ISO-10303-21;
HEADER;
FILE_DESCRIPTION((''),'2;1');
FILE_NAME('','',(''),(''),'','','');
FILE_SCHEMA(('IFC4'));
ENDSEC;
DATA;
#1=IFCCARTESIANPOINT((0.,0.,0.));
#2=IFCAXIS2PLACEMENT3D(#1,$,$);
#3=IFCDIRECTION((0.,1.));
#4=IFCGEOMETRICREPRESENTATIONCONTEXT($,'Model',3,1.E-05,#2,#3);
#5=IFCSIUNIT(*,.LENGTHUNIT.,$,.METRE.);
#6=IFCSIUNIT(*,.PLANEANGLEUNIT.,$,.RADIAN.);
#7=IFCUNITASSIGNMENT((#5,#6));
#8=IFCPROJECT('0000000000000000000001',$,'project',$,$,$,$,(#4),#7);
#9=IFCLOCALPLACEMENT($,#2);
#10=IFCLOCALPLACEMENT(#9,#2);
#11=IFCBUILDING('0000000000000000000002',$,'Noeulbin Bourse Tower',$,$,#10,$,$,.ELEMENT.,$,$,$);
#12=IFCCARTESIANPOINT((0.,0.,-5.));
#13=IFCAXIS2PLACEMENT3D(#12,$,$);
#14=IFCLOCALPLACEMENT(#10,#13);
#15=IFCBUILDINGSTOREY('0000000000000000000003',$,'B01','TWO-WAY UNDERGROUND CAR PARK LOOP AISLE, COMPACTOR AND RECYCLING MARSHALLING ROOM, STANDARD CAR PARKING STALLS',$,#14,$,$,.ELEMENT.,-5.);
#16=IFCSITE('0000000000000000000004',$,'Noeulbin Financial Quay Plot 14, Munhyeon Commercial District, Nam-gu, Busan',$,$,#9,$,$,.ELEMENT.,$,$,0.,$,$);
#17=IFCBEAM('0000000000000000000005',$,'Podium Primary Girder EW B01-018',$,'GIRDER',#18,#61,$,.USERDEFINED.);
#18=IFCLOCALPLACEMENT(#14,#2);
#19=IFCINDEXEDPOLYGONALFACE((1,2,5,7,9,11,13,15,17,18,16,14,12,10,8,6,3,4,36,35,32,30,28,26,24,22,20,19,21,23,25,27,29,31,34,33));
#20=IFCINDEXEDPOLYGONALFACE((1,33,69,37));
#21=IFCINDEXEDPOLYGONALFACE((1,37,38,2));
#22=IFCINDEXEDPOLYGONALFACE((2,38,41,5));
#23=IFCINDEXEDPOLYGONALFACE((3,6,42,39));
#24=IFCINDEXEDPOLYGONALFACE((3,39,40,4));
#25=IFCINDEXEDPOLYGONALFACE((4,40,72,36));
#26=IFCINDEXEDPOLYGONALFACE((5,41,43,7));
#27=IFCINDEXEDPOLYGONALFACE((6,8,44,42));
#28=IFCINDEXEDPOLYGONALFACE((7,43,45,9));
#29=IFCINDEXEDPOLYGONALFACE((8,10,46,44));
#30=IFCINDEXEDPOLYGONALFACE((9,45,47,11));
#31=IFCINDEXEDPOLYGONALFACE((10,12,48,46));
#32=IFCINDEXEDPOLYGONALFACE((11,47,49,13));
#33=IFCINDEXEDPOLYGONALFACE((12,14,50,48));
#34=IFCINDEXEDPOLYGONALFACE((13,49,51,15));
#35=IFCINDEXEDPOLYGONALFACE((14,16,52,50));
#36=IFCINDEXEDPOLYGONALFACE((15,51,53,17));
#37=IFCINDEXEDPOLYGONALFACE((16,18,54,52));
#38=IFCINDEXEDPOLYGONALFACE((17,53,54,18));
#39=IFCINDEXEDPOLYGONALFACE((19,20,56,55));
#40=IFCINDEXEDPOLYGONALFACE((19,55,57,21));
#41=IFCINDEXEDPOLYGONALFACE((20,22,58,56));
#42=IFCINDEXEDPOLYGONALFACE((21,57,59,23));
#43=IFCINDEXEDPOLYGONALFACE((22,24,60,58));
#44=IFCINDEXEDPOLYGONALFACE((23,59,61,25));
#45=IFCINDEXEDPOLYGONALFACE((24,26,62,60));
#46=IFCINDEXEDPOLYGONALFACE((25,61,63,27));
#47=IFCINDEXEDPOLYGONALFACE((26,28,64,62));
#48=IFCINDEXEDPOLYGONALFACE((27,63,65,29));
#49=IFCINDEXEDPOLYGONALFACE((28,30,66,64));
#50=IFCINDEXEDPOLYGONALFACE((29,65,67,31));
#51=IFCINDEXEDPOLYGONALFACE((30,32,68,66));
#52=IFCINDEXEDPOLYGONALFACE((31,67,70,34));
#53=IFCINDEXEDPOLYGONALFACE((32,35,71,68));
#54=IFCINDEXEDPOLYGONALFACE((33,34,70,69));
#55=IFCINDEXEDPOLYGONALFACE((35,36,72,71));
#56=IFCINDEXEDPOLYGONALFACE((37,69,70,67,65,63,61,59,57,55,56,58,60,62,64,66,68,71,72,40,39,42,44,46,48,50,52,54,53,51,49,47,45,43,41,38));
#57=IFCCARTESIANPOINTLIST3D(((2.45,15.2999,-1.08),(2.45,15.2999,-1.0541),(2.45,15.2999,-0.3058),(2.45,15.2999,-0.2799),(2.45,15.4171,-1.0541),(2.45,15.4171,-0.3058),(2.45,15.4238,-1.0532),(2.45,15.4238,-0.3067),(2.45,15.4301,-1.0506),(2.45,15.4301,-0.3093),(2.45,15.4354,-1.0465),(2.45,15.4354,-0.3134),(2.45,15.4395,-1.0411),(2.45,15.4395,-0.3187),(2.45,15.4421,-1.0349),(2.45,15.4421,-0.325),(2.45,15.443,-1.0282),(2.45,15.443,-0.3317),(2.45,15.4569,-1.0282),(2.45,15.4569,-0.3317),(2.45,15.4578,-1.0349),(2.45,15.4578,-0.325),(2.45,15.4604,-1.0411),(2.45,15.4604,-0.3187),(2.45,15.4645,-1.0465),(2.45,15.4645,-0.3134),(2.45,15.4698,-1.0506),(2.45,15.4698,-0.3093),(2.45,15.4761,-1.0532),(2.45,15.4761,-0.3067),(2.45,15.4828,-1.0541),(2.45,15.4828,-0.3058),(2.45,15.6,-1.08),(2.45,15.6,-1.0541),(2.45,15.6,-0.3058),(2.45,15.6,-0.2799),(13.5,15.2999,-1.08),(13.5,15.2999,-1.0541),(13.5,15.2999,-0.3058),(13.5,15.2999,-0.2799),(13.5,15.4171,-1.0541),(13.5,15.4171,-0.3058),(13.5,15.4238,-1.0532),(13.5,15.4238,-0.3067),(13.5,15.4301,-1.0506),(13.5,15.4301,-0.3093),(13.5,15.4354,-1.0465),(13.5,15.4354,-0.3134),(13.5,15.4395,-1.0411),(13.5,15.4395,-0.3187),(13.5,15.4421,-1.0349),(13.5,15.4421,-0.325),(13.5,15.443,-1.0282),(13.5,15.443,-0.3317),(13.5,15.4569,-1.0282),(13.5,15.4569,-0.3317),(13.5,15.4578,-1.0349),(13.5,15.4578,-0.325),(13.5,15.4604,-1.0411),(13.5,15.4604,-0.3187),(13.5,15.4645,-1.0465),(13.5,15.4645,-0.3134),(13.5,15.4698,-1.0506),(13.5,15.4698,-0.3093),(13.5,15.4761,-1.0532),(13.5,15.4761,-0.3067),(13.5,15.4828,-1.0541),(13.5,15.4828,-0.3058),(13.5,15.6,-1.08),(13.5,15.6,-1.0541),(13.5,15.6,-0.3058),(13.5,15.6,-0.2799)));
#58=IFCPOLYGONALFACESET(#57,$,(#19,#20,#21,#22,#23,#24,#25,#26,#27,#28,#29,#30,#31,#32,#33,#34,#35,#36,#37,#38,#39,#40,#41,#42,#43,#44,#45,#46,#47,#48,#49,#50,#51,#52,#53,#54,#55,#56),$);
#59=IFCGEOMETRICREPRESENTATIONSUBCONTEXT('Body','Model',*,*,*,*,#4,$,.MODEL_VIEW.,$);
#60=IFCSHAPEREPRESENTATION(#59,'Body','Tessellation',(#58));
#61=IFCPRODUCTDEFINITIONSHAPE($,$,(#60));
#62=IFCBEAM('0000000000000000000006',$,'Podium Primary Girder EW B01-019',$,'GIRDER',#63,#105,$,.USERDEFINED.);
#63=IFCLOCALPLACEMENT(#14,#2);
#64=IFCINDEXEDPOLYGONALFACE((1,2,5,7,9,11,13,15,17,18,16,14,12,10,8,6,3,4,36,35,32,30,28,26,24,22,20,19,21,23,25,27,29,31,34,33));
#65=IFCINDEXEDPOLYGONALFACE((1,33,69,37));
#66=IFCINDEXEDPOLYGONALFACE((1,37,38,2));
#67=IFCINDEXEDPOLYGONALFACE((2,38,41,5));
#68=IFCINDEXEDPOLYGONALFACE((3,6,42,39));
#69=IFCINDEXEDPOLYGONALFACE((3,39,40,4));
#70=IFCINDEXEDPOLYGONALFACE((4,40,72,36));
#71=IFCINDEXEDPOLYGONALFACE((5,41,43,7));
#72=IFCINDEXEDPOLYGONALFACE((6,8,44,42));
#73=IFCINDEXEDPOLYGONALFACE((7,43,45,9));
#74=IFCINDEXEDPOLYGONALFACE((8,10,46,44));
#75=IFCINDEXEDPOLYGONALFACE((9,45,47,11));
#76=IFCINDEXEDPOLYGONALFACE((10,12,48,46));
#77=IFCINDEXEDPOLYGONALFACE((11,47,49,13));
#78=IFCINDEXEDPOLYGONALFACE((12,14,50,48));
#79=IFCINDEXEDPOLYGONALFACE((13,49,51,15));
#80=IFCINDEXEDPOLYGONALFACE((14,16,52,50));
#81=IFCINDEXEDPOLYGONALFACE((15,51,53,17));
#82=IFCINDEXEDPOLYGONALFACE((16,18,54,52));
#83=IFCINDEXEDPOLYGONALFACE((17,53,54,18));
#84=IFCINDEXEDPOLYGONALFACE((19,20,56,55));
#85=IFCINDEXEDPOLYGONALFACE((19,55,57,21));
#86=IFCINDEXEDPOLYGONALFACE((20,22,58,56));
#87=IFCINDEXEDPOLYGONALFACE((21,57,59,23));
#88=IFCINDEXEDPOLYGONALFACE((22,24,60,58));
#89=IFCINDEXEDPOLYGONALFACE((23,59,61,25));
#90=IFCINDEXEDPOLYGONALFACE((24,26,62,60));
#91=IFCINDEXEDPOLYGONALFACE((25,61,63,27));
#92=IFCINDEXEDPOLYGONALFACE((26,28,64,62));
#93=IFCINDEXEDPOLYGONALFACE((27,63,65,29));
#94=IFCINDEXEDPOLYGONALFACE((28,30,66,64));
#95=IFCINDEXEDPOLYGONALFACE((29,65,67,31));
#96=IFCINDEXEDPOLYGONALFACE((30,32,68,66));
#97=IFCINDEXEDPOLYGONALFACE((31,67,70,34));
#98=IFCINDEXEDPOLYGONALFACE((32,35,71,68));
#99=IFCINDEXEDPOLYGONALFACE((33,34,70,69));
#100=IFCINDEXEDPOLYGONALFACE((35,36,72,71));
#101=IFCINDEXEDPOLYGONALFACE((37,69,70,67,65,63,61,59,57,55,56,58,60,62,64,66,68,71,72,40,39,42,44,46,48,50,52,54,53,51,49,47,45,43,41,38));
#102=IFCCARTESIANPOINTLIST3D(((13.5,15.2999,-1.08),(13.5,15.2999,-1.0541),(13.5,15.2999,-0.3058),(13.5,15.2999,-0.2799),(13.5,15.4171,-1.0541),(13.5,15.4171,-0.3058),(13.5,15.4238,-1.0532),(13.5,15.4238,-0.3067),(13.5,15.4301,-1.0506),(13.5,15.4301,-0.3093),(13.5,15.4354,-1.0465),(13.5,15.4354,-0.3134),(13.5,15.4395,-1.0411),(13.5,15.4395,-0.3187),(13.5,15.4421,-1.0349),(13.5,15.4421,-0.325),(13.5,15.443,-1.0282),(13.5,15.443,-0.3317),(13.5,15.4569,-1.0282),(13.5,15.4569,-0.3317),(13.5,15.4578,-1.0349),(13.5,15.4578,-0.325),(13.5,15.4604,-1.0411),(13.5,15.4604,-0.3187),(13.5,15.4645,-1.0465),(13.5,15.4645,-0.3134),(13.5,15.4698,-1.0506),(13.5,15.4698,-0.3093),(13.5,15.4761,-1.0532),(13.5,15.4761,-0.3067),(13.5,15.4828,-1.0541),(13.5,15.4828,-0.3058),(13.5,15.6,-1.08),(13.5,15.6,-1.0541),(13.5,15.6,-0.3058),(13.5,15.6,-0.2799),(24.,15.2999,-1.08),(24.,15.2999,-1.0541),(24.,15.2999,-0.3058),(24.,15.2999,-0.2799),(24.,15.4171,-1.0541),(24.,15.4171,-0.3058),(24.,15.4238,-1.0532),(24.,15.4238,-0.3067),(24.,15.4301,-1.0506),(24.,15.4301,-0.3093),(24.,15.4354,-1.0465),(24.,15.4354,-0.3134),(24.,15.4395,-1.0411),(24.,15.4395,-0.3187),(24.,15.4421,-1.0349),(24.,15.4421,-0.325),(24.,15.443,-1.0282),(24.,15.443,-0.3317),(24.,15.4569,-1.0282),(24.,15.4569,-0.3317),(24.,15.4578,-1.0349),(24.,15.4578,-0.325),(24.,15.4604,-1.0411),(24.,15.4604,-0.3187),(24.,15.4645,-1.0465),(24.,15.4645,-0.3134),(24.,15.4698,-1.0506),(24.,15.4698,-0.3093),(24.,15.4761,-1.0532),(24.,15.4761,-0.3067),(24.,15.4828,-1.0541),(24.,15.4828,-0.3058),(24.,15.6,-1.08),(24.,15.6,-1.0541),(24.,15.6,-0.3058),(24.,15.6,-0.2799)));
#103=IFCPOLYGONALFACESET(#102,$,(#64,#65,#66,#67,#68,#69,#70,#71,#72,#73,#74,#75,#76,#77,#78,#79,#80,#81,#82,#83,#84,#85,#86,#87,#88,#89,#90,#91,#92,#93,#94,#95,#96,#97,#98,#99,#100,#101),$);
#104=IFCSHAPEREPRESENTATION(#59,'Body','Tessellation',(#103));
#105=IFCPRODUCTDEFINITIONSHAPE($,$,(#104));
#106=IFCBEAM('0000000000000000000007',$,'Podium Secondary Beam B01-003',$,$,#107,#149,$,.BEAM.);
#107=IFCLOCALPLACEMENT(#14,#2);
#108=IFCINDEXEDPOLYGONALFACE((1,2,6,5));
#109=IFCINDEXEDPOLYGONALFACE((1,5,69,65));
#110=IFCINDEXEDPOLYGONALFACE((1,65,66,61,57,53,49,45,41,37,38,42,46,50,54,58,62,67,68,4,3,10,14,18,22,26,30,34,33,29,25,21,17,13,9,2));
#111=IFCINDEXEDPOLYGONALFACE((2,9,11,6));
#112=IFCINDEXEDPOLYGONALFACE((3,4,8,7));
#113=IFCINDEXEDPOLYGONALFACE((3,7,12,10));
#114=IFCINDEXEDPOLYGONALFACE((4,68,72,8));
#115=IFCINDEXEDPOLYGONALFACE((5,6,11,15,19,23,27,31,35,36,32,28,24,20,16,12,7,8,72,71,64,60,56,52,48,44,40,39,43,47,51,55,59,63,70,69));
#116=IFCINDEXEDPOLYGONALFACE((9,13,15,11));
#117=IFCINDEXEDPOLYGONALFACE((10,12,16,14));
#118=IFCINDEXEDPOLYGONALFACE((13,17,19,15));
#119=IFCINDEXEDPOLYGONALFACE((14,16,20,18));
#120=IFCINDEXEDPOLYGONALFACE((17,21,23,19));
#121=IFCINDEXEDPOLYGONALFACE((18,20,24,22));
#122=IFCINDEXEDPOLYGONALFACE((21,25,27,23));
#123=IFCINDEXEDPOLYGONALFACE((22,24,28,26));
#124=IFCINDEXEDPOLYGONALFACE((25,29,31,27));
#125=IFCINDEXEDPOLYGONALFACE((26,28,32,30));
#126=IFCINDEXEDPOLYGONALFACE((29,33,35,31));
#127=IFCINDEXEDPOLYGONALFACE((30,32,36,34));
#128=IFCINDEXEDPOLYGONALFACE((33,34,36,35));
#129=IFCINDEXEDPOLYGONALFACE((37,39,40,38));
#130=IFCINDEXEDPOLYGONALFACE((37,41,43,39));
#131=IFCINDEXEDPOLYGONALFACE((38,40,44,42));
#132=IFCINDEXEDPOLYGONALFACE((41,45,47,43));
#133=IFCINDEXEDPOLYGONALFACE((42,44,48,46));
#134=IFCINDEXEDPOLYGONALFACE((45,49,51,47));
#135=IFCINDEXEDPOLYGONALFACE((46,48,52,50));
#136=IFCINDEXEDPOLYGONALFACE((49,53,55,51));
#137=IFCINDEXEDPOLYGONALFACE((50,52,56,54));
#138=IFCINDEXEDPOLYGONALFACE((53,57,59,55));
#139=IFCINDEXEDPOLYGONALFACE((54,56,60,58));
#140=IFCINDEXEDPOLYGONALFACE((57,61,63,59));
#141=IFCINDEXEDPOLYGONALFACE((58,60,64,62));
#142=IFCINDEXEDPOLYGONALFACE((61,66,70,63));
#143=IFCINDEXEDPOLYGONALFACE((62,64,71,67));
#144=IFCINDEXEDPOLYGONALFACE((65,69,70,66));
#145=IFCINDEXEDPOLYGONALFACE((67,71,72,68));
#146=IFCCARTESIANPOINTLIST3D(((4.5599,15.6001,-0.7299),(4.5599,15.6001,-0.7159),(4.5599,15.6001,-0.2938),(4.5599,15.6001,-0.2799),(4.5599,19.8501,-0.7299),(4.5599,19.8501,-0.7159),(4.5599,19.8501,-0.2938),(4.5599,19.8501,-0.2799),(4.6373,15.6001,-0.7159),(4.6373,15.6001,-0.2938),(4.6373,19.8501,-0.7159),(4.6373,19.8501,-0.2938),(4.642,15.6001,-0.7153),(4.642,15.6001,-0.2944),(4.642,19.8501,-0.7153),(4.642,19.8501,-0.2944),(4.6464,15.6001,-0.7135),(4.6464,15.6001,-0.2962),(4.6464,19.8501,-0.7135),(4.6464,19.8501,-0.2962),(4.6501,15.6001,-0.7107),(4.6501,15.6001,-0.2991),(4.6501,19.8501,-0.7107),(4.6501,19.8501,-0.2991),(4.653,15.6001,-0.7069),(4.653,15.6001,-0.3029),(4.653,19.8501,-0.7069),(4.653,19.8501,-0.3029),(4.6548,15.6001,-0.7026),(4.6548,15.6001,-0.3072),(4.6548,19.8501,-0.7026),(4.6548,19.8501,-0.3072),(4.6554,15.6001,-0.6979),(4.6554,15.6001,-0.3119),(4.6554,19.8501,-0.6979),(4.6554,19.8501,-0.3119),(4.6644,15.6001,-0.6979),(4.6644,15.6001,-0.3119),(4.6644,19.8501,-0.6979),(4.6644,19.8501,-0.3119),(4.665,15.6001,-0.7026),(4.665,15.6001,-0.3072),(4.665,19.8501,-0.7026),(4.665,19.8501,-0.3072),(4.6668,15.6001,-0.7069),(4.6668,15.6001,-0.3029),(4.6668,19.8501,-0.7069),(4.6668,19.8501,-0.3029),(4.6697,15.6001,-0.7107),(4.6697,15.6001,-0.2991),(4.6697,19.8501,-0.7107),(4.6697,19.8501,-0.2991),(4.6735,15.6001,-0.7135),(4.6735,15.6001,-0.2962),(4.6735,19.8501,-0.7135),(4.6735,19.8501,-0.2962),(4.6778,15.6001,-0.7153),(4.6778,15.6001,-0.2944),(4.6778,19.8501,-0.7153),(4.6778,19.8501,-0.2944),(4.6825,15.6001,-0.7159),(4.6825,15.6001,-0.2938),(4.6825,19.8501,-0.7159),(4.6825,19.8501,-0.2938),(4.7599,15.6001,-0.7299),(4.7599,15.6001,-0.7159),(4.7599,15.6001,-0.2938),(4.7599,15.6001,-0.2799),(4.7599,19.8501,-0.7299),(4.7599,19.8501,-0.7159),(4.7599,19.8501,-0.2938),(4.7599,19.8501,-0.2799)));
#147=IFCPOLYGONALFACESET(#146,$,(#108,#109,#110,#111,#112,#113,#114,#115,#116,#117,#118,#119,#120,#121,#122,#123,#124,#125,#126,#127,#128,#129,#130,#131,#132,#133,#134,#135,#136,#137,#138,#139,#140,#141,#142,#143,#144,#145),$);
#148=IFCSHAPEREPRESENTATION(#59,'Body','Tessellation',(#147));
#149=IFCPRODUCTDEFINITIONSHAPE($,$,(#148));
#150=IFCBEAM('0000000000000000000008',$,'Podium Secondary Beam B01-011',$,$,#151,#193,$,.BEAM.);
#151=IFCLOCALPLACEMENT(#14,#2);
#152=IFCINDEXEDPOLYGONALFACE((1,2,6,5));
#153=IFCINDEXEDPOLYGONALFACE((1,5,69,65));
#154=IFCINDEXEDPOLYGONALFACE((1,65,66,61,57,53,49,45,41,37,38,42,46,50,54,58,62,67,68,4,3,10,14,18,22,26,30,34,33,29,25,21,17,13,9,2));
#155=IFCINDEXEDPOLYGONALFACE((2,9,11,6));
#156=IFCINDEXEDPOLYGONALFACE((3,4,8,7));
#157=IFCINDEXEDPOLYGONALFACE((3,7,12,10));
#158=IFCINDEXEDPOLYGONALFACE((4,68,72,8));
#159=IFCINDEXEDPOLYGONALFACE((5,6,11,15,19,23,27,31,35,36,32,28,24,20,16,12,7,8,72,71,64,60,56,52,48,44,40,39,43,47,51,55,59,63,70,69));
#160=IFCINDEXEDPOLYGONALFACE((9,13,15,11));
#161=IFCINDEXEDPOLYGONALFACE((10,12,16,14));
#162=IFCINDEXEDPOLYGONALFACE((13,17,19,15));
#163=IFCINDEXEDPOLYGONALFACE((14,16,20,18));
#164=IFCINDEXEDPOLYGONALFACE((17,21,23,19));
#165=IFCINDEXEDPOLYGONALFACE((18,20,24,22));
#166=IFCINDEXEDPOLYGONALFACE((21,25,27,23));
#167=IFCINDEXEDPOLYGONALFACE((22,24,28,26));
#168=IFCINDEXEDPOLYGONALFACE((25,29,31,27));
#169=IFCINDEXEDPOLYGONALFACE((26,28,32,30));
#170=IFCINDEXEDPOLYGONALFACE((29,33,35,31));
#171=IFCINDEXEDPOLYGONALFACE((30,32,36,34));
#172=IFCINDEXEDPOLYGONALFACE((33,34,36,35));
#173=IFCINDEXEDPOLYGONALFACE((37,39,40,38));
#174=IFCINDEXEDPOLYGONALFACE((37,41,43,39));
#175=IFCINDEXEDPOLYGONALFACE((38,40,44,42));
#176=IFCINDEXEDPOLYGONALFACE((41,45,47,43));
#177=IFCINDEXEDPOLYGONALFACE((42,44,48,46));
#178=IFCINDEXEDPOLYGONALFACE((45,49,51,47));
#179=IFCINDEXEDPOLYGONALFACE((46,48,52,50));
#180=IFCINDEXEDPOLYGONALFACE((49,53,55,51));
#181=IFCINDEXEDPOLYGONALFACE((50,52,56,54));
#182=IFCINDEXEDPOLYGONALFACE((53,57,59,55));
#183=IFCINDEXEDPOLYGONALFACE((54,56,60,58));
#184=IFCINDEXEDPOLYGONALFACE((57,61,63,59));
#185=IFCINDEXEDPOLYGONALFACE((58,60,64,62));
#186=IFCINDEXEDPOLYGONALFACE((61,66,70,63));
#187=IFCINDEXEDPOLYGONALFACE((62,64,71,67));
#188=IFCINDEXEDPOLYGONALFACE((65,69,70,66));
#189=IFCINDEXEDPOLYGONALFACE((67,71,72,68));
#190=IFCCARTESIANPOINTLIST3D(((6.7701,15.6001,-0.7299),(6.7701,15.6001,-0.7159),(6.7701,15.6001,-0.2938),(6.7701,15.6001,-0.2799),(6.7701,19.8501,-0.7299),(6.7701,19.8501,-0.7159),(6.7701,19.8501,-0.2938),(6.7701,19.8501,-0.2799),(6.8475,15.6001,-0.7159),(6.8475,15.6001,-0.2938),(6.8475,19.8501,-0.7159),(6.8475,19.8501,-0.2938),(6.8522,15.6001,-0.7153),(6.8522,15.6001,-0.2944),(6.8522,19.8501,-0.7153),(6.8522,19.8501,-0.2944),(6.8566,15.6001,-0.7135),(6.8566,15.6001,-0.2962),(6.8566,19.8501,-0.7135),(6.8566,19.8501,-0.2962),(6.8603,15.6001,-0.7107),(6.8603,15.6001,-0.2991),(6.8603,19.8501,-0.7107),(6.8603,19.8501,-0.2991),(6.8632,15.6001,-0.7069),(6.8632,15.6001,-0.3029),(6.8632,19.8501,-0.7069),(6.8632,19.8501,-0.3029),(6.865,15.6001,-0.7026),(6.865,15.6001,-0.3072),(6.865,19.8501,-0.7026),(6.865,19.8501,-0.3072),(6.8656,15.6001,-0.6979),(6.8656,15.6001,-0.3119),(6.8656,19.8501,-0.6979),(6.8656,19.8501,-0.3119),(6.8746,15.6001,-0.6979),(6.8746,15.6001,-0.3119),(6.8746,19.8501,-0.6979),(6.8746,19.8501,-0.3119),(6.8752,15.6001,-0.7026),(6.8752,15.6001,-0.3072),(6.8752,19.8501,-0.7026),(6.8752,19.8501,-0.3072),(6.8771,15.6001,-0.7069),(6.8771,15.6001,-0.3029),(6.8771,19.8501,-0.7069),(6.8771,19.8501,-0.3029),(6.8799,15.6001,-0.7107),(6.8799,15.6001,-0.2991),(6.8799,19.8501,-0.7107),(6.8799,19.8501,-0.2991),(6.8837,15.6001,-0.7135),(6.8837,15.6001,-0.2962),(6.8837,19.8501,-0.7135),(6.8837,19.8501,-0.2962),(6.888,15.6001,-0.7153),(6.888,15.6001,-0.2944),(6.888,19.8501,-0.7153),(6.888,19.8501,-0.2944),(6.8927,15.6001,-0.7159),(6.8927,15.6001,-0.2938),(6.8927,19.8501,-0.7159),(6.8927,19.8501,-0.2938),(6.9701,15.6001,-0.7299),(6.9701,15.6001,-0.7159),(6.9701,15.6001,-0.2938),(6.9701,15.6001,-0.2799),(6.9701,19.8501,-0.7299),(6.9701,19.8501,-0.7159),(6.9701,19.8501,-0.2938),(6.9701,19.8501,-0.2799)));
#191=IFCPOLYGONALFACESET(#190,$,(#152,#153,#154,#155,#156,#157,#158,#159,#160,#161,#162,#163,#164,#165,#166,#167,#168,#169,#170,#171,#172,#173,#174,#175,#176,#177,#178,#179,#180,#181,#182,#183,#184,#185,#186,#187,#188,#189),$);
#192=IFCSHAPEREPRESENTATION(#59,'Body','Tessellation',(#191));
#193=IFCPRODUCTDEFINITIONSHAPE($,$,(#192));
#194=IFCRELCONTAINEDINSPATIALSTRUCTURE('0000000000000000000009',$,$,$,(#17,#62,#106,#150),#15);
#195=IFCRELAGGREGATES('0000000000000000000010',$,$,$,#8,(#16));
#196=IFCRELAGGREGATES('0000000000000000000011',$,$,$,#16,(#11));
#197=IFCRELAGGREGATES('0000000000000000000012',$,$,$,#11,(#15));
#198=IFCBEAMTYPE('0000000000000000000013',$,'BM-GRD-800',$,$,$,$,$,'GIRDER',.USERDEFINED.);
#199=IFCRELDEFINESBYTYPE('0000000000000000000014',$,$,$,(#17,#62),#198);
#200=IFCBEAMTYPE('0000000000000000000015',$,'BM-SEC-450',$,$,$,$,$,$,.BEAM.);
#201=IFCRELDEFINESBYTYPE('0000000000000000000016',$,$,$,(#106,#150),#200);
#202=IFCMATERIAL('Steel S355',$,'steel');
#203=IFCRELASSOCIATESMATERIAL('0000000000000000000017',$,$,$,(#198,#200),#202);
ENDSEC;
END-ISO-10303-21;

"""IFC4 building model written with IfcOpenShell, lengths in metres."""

from ifc_helpers import new_model, si_unit, direction, frame, origin, origin_2d, place, context, subcontext, project, spatial, i_section, extrude, material, material_profile, profile_set, type_object, element, save


model = new_model("IFC4")

# Units and contexts
model_context = context("Model", 3, precision=1e-05, world=origin(), true_north=direction((0.0, 1.0)))
body_context = subcontext(model_context, "Body", "Model", "MODEL_VIEW")
ifc_project = project(units=[si_unit("LENGTHUNIT", "METRE"), si_unit("PLANEANGLEUNIT", "RADIAN")], contexts=[model_context])

# Site, building, storey
site_placement = place(None, origin())
site = spatial("IfcSite", under=ifc_project, at=site_placement, Name="Noeulbin Financial Quay Plot 14, Munhyeon Commercial District, Nam-gu, Busan", CompositionType="ELEMENT", RefElevation=0.0)
building_placement = place(site_placement, origin())
building = spatial("IfcBuilding", under=site, at=building_placement, Name="Noeulbin Bourse Tower", CompositionType="ELEMENT")
storey_placement = place(building_placement, frame((0.0, 0.0, -5.0)))
storey = spatial("IfcBuildingStorey", under=building, at=storey_placement, Name="B01", Description="TWO-WAY UNDERGROUND CAR PARK LOOP AISLE, COMPACTOR AND RECYCLING MARSHALLING ROOM, STANDARD CAR PARKING STALLS", CompositionType="ELEMENT", Elevation=-5.0)

# Beams
ifc_material_1 = material(Name="Steel S355", Category="steel")
ifc_material_profile_1 = material_profile(ifc_material_1, i_section(OverallWidth=0.3, OverallDepth=0.8, WebThickness=0.0139, FlangeThickness=0.0259, FilletRadius=0.0259, at=origin_2d()), Name="H-800x300x14x26", Category="LoadBearing")
ifc_profile_set_1 = profile_set([ifc_material_profile_1], Name="Steel S355")
beam_type_1 = type_object("IfcBeamType", Name="BM-GRD-800", ElementType="GIRDER", PredefinedType="USERDEFINED", material=ifc_profile_set_1)
beam_1_placement = place(storey_placement, frame((2.45, 15.45, -0.6799), z_axis=(1.0, 0.0, 0.0), x_axis=(0.0, 1.0, 0.0)))
element("IfcBeam", 1, at=beam_1_placement, inside=storey, type_object=beam_type_1, Name="Podium Primary Girder EW B01-018", ObjectType="GIRDER", PredefinedType="USERDEFINED", context=body_context, shape_type="SweptSolid", body=[
    extrude(i_section(OverallWidth=0.3, OverallDepth=0.8, WebThickness=0.0139, FlangeThickness=0.0259, FilletRadius=0.0259, at=origin_2d()), origin(), (0.0, 0.0, 1.0), 11.05),
])
beam_2_placement = place(storey_placement, frame((13.5, 15.45, -0.6799), z_axis=(1.0, 0.0, 0.0), x_axis=(0.0, 1.0, 0.0)))
element("IfcBeam", 2, at=beam_2_placement, inside=storey, type_object=beam_type_1, Name="Podium Primary Girder EW B01-019", ObjectType="GIRDER", PredefinedType="USERDEFINED", context=body_context, shape_type="SweptSolid", body=[
    extrude(i_section(OverallWidth=0.3, OverallDepth=0.8, WebThickness=0.0139, FlangeThickness=0.0259, FilletRadius=0.0259, at=origin_2d()), origin(), (0.0, 0.0, 1.0), 10.5),
])
ifc_material_profile_2 = material_profile(ifc_material_1, i_section(OverallWidth=0.2, OverallDepth=0.45, WebThickness=0.009, FlangeThickness=0.0139, FilletRadius=0.0181, at=origin_2d()), Name="H-450x200x9x14", Category="LoadBearing")
ifc_profile_set_2 = profile_set([ifc_material_profile_2], Name="Steel S355")
beam_type_2 = type_object("IfcBeamType", Name="BM-SEC-450", PredefinedType="BEAM", material=ifc_profile_set_2)
for number, where, z_axis, x_axis, name in (
    (3, (4.6599, 15.6001, -0.5049), (0.0, 1.0, 0.0), (-1.0, 0.0, 0.0), "Podium Secondary Beam B01-003"),
    (4, (6.8701, 15.6001, -0.5049), (0.0, 1.0, 0.0), (-1.0, 0.0, 0.0), "Podium Secondary Beam B01-011"),
):
    element("IfcBeam", number, at=place(storey_placement, frame(where, z_axis=z_axis, x_axis=x_axis)), inside=storey, type_object=beam_type_2, Name=name, PredefinedType="BEAM", context=body_context, shape_type="SweptSolid", body=[
        extrude(i_section(OverallWidth=0.2, OverallDepth=0.45, WebThickness=0.009, FlangeThickness=0.0139, FilletRadius=0.0181, at=origin_2d()), origin(), (0.0, 0.0, 1.0), 4.25),
    ])

save(model, "model.ifc")
